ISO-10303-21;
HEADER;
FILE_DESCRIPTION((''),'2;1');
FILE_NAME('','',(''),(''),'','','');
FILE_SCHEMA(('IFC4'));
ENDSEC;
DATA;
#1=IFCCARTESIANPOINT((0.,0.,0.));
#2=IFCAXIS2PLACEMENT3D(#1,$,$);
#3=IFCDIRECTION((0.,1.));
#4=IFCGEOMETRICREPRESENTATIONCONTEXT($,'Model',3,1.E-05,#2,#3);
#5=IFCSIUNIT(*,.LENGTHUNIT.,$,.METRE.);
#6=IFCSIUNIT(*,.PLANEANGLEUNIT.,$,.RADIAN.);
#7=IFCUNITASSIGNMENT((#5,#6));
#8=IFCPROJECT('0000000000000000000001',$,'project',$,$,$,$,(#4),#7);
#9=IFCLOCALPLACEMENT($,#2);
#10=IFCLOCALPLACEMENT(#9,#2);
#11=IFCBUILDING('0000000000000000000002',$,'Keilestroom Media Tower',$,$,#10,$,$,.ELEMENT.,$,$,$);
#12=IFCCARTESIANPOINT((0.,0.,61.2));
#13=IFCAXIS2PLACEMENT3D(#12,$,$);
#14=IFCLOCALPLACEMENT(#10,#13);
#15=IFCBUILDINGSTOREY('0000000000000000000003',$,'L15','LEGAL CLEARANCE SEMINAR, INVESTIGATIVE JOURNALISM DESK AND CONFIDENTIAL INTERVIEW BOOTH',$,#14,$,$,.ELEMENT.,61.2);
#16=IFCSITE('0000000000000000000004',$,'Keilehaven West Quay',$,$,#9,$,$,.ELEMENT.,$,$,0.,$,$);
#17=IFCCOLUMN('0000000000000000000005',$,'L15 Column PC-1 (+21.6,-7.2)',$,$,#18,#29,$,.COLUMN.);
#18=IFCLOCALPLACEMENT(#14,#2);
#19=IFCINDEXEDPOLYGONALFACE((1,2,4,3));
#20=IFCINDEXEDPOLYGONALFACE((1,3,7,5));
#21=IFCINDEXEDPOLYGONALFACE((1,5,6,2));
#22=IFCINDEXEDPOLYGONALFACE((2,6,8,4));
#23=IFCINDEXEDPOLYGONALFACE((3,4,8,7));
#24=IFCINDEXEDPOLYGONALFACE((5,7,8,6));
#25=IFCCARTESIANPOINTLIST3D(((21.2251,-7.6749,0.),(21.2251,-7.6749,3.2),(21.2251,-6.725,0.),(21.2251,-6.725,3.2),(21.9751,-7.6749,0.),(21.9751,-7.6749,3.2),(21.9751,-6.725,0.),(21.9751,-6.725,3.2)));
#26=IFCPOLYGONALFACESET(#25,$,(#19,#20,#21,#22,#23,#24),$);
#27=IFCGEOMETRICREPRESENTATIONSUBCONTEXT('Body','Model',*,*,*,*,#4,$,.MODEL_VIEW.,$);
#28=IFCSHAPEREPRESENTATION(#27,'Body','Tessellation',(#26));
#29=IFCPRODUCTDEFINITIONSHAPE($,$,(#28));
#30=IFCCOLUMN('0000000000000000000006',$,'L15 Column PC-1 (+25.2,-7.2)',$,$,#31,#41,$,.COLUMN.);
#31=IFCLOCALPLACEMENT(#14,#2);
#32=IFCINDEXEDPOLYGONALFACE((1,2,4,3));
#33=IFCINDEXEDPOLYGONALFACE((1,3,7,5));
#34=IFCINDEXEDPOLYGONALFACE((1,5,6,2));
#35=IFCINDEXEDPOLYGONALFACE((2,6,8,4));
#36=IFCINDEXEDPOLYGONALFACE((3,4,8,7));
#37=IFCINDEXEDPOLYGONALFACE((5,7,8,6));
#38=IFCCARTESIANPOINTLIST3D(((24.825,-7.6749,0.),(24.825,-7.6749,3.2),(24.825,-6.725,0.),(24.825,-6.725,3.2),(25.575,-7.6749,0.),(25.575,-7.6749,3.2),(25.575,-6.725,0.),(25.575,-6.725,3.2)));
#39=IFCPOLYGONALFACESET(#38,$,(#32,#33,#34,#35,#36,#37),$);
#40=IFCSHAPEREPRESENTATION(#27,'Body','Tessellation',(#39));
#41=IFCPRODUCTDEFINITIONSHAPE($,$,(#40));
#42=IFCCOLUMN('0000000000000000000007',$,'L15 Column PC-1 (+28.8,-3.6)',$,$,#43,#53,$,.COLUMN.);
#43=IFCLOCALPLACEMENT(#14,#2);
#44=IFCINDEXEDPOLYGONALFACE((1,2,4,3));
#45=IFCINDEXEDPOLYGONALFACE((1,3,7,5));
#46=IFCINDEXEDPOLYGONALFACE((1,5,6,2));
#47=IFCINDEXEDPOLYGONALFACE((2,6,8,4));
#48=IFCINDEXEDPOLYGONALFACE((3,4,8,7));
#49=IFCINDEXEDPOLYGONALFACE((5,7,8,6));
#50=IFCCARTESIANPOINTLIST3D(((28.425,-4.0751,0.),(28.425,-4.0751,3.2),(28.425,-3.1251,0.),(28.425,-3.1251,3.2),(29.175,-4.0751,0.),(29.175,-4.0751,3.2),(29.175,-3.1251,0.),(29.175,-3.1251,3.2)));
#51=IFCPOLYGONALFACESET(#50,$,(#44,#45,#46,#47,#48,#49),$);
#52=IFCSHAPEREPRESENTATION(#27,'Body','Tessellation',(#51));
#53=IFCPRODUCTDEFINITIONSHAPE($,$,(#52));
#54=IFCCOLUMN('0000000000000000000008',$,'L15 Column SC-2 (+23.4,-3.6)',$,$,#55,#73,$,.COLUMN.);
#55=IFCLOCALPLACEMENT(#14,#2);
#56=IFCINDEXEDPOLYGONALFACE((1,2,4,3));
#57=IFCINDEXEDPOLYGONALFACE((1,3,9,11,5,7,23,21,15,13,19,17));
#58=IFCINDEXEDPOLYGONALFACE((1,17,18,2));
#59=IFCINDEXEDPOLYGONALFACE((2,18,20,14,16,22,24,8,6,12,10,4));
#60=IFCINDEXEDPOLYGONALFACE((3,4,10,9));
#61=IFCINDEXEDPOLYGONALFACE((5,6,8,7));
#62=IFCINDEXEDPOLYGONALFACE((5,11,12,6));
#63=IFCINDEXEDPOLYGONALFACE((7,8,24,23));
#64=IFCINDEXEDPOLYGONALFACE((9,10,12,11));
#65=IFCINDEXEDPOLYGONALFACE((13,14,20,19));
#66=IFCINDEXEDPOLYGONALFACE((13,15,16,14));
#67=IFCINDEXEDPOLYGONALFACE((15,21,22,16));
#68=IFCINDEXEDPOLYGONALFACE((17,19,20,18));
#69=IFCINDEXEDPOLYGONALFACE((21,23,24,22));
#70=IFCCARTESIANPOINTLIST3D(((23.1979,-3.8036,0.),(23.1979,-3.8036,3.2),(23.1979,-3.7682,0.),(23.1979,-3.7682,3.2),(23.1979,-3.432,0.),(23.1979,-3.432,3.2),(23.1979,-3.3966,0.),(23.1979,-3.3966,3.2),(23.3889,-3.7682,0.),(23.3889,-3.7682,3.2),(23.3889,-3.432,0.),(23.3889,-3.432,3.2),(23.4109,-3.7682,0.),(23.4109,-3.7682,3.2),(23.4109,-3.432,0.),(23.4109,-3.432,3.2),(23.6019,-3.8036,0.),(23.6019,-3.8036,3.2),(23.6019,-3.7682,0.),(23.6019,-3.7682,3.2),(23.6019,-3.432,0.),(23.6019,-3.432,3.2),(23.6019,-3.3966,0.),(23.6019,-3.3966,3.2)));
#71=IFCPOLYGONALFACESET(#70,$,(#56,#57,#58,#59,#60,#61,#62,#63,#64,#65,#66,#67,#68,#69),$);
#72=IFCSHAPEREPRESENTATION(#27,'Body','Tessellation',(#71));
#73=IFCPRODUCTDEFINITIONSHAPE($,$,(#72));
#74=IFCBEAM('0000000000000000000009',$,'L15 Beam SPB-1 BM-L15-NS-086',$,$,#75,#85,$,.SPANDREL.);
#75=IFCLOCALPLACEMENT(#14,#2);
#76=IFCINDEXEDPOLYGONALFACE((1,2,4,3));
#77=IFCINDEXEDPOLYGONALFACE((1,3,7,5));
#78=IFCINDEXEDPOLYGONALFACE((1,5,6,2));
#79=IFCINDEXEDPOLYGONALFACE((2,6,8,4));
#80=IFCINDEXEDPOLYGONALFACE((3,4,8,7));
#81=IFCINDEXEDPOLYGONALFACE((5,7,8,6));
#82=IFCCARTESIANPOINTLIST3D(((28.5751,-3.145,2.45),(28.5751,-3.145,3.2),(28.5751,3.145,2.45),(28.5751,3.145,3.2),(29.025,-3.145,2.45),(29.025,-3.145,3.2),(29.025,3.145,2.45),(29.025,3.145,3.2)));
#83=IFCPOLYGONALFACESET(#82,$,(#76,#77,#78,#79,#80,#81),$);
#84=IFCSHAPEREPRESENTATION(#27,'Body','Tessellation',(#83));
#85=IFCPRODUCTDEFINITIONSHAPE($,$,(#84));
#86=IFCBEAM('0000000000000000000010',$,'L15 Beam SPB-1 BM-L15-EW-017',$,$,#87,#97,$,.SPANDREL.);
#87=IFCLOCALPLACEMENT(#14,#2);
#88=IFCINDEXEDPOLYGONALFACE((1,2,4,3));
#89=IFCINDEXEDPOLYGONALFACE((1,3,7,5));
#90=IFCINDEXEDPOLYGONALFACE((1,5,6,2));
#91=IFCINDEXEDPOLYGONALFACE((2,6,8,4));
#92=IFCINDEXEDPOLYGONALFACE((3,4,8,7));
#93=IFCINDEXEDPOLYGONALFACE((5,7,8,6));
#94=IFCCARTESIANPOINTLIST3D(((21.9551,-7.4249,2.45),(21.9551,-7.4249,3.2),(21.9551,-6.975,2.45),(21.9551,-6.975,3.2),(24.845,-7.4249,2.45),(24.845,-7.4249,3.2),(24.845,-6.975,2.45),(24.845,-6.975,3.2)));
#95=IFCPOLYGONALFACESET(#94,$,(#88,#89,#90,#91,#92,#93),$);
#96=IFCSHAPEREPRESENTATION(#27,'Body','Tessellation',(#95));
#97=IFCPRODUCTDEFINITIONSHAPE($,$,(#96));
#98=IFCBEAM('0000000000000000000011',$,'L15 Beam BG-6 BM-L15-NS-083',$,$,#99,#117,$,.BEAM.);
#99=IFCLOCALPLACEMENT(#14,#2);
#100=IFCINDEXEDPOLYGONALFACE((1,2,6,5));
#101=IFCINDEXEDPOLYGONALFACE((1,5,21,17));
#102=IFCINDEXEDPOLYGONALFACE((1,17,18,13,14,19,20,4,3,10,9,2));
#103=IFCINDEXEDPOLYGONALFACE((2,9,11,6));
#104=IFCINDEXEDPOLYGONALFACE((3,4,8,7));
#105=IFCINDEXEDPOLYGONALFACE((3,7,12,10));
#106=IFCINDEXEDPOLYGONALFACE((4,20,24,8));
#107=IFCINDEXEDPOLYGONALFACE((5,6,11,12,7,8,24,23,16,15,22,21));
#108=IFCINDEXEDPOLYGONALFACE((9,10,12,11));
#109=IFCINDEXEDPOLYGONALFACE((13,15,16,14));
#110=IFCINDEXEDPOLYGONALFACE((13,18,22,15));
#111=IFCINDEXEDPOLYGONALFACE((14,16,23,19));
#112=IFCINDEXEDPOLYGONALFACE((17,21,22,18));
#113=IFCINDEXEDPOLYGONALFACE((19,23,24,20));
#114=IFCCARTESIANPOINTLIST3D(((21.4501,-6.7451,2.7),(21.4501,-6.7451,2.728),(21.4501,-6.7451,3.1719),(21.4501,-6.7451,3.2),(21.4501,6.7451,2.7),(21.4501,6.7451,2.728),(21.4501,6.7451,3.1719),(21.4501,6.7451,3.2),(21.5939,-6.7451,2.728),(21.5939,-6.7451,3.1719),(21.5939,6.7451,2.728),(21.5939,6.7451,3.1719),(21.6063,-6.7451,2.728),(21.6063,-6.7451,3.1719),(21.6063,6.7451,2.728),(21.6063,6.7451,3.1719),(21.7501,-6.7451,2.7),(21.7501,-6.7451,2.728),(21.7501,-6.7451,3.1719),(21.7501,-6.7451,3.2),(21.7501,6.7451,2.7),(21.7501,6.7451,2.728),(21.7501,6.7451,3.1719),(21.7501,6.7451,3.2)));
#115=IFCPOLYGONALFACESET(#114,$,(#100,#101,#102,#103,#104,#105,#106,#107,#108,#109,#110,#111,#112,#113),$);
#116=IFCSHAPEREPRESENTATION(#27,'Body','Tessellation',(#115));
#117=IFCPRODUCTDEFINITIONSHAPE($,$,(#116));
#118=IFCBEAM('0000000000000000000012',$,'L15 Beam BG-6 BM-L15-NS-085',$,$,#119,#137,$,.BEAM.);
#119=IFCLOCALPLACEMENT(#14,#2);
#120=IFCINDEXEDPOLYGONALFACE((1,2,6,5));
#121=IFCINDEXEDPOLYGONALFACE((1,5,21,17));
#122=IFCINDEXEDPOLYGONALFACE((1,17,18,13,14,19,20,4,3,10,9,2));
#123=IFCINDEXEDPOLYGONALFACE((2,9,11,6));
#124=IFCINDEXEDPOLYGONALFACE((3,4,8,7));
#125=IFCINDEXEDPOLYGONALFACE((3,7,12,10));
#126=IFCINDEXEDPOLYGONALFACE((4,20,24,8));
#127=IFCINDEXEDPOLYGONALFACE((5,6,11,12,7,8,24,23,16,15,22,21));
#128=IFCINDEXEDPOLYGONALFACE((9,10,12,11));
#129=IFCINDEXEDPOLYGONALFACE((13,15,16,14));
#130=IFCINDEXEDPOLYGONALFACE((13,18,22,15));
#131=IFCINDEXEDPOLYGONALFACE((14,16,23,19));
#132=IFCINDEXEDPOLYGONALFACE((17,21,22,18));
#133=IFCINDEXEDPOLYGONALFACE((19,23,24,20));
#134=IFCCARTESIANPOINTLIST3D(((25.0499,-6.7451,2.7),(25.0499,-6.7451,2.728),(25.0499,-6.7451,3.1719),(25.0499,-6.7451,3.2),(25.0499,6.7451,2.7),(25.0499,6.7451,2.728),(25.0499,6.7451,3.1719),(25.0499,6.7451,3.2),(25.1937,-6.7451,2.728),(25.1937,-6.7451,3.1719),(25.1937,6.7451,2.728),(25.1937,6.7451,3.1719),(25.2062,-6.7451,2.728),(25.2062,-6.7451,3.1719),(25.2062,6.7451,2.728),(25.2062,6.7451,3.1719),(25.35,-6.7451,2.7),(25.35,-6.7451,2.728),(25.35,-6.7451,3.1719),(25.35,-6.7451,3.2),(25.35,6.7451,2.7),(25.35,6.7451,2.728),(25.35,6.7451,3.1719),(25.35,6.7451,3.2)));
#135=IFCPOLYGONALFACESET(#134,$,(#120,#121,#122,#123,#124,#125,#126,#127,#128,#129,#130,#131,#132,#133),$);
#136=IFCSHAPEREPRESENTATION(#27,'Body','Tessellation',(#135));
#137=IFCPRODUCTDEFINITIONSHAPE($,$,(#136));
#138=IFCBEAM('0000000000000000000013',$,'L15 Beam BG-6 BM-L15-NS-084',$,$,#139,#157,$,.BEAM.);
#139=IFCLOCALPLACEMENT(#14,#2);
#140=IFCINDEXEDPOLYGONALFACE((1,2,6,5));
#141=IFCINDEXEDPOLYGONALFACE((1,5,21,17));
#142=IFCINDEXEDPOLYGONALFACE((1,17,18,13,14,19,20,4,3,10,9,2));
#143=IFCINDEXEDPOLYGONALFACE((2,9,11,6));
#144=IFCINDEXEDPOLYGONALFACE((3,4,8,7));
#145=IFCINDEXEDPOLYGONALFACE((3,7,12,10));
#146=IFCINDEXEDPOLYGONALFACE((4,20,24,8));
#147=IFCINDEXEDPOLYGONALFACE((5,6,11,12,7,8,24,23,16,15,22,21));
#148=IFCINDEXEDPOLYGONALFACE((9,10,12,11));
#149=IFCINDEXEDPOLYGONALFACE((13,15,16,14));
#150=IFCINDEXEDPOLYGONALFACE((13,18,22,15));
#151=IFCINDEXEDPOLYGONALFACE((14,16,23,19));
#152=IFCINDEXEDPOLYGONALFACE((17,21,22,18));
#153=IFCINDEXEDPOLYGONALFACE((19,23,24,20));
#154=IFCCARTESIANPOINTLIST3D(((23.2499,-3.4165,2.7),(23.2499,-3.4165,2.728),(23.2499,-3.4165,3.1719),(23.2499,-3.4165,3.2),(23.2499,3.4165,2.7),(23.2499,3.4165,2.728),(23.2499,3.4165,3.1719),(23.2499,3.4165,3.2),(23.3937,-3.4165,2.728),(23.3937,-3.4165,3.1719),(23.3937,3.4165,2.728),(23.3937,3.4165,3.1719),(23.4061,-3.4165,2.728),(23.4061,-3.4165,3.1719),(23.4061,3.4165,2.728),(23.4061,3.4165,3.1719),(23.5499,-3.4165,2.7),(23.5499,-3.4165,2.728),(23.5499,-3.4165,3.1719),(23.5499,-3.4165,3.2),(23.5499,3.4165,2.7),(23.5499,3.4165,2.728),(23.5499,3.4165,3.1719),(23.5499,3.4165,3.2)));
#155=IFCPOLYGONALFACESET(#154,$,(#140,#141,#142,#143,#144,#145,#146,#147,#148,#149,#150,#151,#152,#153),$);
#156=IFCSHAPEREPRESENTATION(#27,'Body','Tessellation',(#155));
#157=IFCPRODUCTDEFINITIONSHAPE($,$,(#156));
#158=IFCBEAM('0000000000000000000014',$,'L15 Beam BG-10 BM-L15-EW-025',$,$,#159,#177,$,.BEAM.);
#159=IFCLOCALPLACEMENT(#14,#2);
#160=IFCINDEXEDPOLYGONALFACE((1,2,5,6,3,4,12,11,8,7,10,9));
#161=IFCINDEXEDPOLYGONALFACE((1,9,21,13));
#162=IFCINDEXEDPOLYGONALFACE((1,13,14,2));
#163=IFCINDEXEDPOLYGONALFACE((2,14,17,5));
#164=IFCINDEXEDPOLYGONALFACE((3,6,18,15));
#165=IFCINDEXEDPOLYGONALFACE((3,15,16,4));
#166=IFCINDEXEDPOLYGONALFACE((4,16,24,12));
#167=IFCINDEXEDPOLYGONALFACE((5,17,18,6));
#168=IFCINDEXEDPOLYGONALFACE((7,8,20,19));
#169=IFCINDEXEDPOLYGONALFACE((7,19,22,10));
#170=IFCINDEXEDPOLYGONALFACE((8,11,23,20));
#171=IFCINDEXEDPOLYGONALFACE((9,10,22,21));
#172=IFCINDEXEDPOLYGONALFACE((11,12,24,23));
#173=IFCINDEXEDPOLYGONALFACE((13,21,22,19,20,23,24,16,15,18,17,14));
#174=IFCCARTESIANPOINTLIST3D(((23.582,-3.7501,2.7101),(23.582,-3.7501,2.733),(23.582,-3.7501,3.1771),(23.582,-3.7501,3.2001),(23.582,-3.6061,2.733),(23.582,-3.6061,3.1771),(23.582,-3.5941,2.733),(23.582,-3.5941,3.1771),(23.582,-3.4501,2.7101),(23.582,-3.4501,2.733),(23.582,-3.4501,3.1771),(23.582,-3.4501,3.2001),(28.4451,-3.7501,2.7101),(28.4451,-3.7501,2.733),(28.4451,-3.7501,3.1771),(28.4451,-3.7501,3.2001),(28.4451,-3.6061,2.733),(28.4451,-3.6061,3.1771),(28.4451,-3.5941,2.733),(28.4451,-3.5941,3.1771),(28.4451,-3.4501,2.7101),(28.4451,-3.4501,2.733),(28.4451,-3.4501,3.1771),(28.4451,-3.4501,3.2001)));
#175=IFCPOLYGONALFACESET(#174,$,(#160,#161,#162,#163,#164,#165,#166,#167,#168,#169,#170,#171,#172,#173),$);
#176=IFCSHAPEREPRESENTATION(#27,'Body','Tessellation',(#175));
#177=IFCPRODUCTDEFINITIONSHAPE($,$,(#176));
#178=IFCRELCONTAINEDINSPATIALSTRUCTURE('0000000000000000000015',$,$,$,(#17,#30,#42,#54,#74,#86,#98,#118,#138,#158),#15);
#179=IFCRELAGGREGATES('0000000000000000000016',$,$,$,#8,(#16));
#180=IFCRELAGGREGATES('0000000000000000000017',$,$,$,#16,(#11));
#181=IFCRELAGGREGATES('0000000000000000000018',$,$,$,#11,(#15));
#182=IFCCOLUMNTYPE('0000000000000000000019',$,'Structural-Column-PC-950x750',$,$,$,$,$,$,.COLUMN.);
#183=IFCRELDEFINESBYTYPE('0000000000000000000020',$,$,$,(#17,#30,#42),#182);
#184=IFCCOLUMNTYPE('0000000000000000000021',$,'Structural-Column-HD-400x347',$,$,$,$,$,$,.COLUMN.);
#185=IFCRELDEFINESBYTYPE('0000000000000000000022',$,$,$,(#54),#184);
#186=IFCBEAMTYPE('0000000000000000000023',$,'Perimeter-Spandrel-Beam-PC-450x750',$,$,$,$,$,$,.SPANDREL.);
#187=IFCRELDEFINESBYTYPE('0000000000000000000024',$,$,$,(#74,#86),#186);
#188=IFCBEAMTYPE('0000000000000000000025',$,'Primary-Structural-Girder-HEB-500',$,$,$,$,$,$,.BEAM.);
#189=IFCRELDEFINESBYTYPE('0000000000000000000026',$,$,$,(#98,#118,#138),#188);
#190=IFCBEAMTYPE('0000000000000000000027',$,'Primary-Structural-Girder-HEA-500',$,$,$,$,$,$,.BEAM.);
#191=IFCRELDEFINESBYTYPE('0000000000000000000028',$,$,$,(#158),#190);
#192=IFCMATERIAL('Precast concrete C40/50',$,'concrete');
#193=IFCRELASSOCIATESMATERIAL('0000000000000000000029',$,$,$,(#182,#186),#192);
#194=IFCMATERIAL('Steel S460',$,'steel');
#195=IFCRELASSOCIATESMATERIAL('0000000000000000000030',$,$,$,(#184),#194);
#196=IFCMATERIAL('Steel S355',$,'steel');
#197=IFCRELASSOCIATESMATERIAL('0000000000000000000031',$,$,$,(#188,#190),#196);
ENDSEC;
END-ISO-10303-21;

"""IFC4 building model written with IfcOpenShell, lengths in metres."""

from ifc_helpers import new_model, si_unit, direction, frame, origin, origin_2d, place, context, subcontext, project, spatial, rectangle, i_section, extrude, source, transform, mapped, material, material_profile, profile_set, type_object, element, save


model = new_model("IFC4")

# Units and contexts
model_context = context("Model", 3, precision=1e-05, world=origin(), true_north=direction((0.0, 1.0)))
body_context = subcontext(model_context, "Body", "Model", "MODEL_VIEW")
ifc_project = project(units=[si_unit("LENGTHUNIT", "METRE"), si_unit("PLANEANGLEUNIT", "RADIAN")], contexts=[model_context])

# Site, building, storey
site_placement = place(None, origin())
site = spatial("IfcSite", under=ifc_project, at=site_placement, Name="Keilehaven West Quay", CompositionType="ELEMENT", RefElevation=0.0)
building_placement = place(site_placement, origin())
building = spatial("IfcBuilding", under=site, at=building_placement, Name="Keilestroom Media Tower", CompositionType="ELEMENT")
storey_placement = place(building_placement, frame((0.0, 0.0, 61.2)))
storey = spatial("IfcBuildingStorey", under=building, at=storey_placement, Name="L15", Description="LEGAL CLEARANCE SEMINAR, INVESTIGATIVE JOURNALISM DESK AND CONFIDENTIAL INTERVIEW BOOTH", CompositionType="ELEMENT", Elevation=61.2)

# Columns
ifc_material_1 = material(Name="Precast concrete C40/50", Category="concrete")
ifc_material_profile_1 = material_profile(ifc_material_1, rectangle(XDim=0.75, YDim=0.95, at=origin_2d()), Name="PC 950x750")
ifc_profile_set_1 = profile_set([ifc_material_profile_1], Name="Precast concrete C40/50")
column_type_1 = type_object("IfcColumnType", Name="Structural-Column-PC-950x750", PredefinedType="COLUMN", material=ifc_profile_set_1)
shared_shape_1 = source(origin(), body_context, "Body", "SweptSolid", [
    extrude(rectangle(XDim=0.75, YDim=0.95, at=origin_2d()), origin(), (0.0, 0.0, 1.0), 3.2),
])
for number, where, z_axis, x_axis, name in (
    (1, (21.6001, -7.2, 0.0), (0.0, 0.0, 1.0), (1.0, 0.0, 0.0), "L15 Column PC-1 (+21.6,-7.2)"),
    (2, (25.2, -7.2, 0.0), (0.0, 0.0, 1.0), (1.0, 0.0, 0.0), "L15 Column PC-1 (+25.2,-7.2)"),
    (3, (28.8, -3.6001, 0.0), (0.0, 0.0, 1.0), (1.0, 0.0, 0.0), "L15 Column PC-1 (+28.8,-3.6)"),
):
    element("IfcColumn", number, at=place(storey_placement, frame(where, z_axis=z_axis, x_axis=x_axis)), inside=storey, type_object=column_type_1, Name=name, PredefinedType="COLUMN", context=body_context, shape_type="MappedRepresentation", body=[
        mapped(shared_shape_1, transform((0.0, 0.0, 0.0), x_axis=(1.0, 0.0, 0.0), y_axis=(0.0, 1.0, 0.0), z_axis=(0.0, 0.0, 1.0), scale=1.0)),
    ])
ifc_material_2 = material(Name="Steel S460", Category="steel")
ifc_material_profile_2 = material_profile(ifc_material_2, i_section(OverallWidth=0.4041, OverallDepth=0.407, WebThickness=0.022, FlangeThickness=0.0354, at=origin_2d()), Name="HD 400x347")
ifc_profile_set_2 = profile_set([ifc_material_profile_2], Name="Steel S460")
column_type_2 = type_object("IfcColumnType", Name="Structural-Column-HD-400x347", PredefinedType="COLUMN", material=ifc_profile_set_2)
shared_shape_2 = source(origin(), body_context, "Body", "SweptSolid", [
    extrude(i_section(OverallWidth=0.4041, OverallDepth=0.407, WebThickness=0.022, FlangeThickness=0.0354, at=origin_2d()), origin(), (0.0, 0.0, 1.0), 3.2),
])
column_placement = place(storey_placement, frame((23.3999, -3.6001, 0.0), z_axis=(0.0, 0.0, 1.0), x_axis=(1.0, 0.0, 0.0)))
element("IfcColumn", 4, at=column_placement, inside=storey, type_object=column_type_2, Name="L15 Column SC-2 (+23.4,-3.6)", PredefinedType="COLUMN", context=body_context, shape_type="MappedRepresentation", body=[
    mapped(shared_shape_2, transform((0.0, 0.0, 0.0), x_axis=(1.0, 0.0, 0.0), y_axis=(0.0, 1.0, 0.0), z_axis=(0.0, 0.0, 1.0), scale=1.0)),
])

# Beams
ifc_material_profile_3 = material_profile(ifc_material_1, rectangle(XDim=0.45, YDim=0.75, at=origin_2d()), Name="PC 450x750")
ifc_profile_set_3 = profile_set([ifc_material_profile_3], Name="Precast concrete C40/50")
beam_type_1 = type_object("IfcBeamType", Name="Perimeter-Spandrel-Beam-PC-450x750", PredefinedType="SPANDREL", material=ifc_profile_set_3)
shared_shape_3 = source(origin(), body_context, "Body", "SweptSolid", [
    extrude(rectangle(XDim=0.45, YDim=0.75, at=origin_2d()), origin(), (0.0, 0.0, 1.0), 6.29),
])
beam_1_placement = place(storey_placement, frame((28.8, -3.145, 2.825), z_axis=(0.0, 1.0, 0.0), x_axis=(-1.0, 0.0, 0.0)))
element("IfcBeam", 5, at=beam_1_placement, inside=storey, type_object=beam_type_1, Name="L15 Beam SPB-1 BM-L15-NS-086", PredefinedType="SPANDREL", context=body_context, shape_type="MappedRepresentation", body=[
    mapped(shared_shape_3, transform((0.0, 0.0, 0.0), x_axis=(1.0, 0.0, 0.0), y_axis=(0.0, 1.0, 0.0), z_axis=(0.0, 0.0, 1.0), scale=1.0)),
])
shared_shape_4 = source(origin(), body_context, "Body", "SweptSolid", [
    extrude(rectangle(XDim=0.45, YDim=0.75, at=origin_2d()), origin(), (0.0, 0.0, 1.0), 2.8899),
])
beam_2_placement = place(storey_placement, frame((21.9551, -7.2, 2.825), z_axis=(1.0, 0.0, 0.0), x_axis=(0.0, 1.0, 0.0)))
element("IfcBeam", 6, at=beam_2_placement, inside=storey, type_object=beam_type_1, Name="L15 Beam SPB-1 BM-L15-EW-017", PredefinedType="SPANDREL", context=body_context, shape_type="MappedRepresentation", body=[
    mapped(shared_shape_4, transform((0.0, 0.0, 0.0), x_axis=(1.0, 0.0, 0.0), y_axis=(0.0, 1.0, 0.0), z_axis=(0.0, 0.0, 1.0), scale=1.0)),
])
ifc_material_3 = material(Name="Steel S355", Category="steel")
ifc_material_profile_4 = material_profile(ifc_material_3, i_section(OverallWidth=0.3, OverallDepth=0.5, WebThickness=0.0125, FlangeThickness=0.0281, at=origin_2d()), Name="HEB 500")
ifc_profile_set_4 = profile_set([ifc_material_profile_4], Name="Steel S355")
beam_type_2 = type_object("IfcBeamType", Name="Primary-Structural-Girder-HEB-500", PredefinedType="BEAM", material=ifc_profile_set_4)
shared_shape_5 = source(origin(), body_context, "Body", "SweptSolid", [
    extrude(i_section(OverallWidth=0.3, OverallDepth=0.5, WebThickness=0.0125, FlangeThickness=0.0281, at=origin_2d()), origin(), (0.0, 0.0, 1.0), 13.4902),
])
for number, where, z_axis, x_axis, name in (
    (7, (21.6001, -6.7451, 2.95), (0.0, 1.0, 0.0), (-1.0, 0.0, 0.0), "L15 Beam BG-6 BM-L15-NS-083"),
    (8, (25.2, -6.7451, 2.95), (0.0, 1.0, 0.0), (-1.0, 0.0, 0.0), "L15 Beam BG-6 BM-L15-NS-085"),
):
    element("IfcBeam", number, at=place(storey_placement, frame(where, z_axis=z_axis, x_axis=x_axis)), inside=storey, type_object=beam_type_2, Name=name, PredefinedType="BEAM", context=body_context, shape_type="MappedRepresentation", body=[
        mapped(shared_shape_5, transform((0.0, 0.0, 0.0), x_axis=(1.0, 0.0, 0.0), y_axis=(0.0, 1.0, 0.0), z_axis=(0.0, 0.0, 1.0), scale=1.0)),
    ])
shared_shape_6 = source(origin(), body_context, "Body", "SweptSolid", [
    extrude(i_section(OverallWidth=0.3, OverallDepth=0.5, WebThickness=0.0125, FlangeThickness=0.0281, at=origin_2d()), origin(), (0.0, 0.0, 1.0), 6.833),
])
beam_3_placement = place(storey_placement, frame((23.3999, -3.4165, 2.95), z_axis=(0.0, 1.0, 0.0), x_axis=(-1.0, 0.0, 0.0)))
element("IfcBeam", 9, at=beam_3_placement, inside=storey, type_object=beam_type_2, Name="L15 Beam BG-6 BM-L15-NS-084", PredefinedType="BEAM", context=body_context, shape_type="MappedRepresentation", body=[
    mapped(shared_shape_6, transform((0.0, 0.0, 0.0), x_axis=(1.0, 0.0, 0.0), y_axis=(0.0, 1.0, 0.0), z_axis=(0.0, 0.0, 1.0), scale=1.0)),
])
ifc_material_profile_5 = material_profile(ifc_material_3, i_section(OverallWidth=0.3, OverallDepth=0.49, WebThickness=0.012, FlangeThickness=0.0229, at=origin_2d()), Name="HEA 500")
ifc_profile_set_5 = profile_set([ifc_material_profile_5], Name="Steel S355")
beam_type_3 = type_object("IfcBeamType", Name="Primary-Structural-Girder-HEA-500", PredefinedType="BEAM", material=ifc_profile_set_5)
shared_shape_7 = source(origin(), body_context, "Body", "SweptSolid", [
    extrude(i_section(OverallWidth=0.3, OverallDepth=0.49, WebThickness=0.012, FlangeThickness=0.0229, at=origin_2d()), origin(), (0.0, 0.0, 1.0), 4.863),
])
beam_4_placement = place(storey_placement, frame((23.582, -3.6001, 2.9551), z_axis=(1.0, 0.0, 0.0), x_axis=(0.0, 1.0, 0.0)))
element("IfcBeam", 10, at=beam_4_placement, inside=storey, type_object=beam_type_3, Name="L15 Beam BG-10 BM-L15-EW-025", PredefinedType="BEAM", context=body_context, shape_type="MappedRepresentation", body=[
    mapped(shared_shape_7, transform((0.0, 0.0, 0.0), x_axis=(1.0, 0.0, 0.0), y_axis=(0.0, 1.0, 0.0), z_axis=(0.0, 0.0, 1.0), scale=1.0)),
])

save(model, "model.ifc")
